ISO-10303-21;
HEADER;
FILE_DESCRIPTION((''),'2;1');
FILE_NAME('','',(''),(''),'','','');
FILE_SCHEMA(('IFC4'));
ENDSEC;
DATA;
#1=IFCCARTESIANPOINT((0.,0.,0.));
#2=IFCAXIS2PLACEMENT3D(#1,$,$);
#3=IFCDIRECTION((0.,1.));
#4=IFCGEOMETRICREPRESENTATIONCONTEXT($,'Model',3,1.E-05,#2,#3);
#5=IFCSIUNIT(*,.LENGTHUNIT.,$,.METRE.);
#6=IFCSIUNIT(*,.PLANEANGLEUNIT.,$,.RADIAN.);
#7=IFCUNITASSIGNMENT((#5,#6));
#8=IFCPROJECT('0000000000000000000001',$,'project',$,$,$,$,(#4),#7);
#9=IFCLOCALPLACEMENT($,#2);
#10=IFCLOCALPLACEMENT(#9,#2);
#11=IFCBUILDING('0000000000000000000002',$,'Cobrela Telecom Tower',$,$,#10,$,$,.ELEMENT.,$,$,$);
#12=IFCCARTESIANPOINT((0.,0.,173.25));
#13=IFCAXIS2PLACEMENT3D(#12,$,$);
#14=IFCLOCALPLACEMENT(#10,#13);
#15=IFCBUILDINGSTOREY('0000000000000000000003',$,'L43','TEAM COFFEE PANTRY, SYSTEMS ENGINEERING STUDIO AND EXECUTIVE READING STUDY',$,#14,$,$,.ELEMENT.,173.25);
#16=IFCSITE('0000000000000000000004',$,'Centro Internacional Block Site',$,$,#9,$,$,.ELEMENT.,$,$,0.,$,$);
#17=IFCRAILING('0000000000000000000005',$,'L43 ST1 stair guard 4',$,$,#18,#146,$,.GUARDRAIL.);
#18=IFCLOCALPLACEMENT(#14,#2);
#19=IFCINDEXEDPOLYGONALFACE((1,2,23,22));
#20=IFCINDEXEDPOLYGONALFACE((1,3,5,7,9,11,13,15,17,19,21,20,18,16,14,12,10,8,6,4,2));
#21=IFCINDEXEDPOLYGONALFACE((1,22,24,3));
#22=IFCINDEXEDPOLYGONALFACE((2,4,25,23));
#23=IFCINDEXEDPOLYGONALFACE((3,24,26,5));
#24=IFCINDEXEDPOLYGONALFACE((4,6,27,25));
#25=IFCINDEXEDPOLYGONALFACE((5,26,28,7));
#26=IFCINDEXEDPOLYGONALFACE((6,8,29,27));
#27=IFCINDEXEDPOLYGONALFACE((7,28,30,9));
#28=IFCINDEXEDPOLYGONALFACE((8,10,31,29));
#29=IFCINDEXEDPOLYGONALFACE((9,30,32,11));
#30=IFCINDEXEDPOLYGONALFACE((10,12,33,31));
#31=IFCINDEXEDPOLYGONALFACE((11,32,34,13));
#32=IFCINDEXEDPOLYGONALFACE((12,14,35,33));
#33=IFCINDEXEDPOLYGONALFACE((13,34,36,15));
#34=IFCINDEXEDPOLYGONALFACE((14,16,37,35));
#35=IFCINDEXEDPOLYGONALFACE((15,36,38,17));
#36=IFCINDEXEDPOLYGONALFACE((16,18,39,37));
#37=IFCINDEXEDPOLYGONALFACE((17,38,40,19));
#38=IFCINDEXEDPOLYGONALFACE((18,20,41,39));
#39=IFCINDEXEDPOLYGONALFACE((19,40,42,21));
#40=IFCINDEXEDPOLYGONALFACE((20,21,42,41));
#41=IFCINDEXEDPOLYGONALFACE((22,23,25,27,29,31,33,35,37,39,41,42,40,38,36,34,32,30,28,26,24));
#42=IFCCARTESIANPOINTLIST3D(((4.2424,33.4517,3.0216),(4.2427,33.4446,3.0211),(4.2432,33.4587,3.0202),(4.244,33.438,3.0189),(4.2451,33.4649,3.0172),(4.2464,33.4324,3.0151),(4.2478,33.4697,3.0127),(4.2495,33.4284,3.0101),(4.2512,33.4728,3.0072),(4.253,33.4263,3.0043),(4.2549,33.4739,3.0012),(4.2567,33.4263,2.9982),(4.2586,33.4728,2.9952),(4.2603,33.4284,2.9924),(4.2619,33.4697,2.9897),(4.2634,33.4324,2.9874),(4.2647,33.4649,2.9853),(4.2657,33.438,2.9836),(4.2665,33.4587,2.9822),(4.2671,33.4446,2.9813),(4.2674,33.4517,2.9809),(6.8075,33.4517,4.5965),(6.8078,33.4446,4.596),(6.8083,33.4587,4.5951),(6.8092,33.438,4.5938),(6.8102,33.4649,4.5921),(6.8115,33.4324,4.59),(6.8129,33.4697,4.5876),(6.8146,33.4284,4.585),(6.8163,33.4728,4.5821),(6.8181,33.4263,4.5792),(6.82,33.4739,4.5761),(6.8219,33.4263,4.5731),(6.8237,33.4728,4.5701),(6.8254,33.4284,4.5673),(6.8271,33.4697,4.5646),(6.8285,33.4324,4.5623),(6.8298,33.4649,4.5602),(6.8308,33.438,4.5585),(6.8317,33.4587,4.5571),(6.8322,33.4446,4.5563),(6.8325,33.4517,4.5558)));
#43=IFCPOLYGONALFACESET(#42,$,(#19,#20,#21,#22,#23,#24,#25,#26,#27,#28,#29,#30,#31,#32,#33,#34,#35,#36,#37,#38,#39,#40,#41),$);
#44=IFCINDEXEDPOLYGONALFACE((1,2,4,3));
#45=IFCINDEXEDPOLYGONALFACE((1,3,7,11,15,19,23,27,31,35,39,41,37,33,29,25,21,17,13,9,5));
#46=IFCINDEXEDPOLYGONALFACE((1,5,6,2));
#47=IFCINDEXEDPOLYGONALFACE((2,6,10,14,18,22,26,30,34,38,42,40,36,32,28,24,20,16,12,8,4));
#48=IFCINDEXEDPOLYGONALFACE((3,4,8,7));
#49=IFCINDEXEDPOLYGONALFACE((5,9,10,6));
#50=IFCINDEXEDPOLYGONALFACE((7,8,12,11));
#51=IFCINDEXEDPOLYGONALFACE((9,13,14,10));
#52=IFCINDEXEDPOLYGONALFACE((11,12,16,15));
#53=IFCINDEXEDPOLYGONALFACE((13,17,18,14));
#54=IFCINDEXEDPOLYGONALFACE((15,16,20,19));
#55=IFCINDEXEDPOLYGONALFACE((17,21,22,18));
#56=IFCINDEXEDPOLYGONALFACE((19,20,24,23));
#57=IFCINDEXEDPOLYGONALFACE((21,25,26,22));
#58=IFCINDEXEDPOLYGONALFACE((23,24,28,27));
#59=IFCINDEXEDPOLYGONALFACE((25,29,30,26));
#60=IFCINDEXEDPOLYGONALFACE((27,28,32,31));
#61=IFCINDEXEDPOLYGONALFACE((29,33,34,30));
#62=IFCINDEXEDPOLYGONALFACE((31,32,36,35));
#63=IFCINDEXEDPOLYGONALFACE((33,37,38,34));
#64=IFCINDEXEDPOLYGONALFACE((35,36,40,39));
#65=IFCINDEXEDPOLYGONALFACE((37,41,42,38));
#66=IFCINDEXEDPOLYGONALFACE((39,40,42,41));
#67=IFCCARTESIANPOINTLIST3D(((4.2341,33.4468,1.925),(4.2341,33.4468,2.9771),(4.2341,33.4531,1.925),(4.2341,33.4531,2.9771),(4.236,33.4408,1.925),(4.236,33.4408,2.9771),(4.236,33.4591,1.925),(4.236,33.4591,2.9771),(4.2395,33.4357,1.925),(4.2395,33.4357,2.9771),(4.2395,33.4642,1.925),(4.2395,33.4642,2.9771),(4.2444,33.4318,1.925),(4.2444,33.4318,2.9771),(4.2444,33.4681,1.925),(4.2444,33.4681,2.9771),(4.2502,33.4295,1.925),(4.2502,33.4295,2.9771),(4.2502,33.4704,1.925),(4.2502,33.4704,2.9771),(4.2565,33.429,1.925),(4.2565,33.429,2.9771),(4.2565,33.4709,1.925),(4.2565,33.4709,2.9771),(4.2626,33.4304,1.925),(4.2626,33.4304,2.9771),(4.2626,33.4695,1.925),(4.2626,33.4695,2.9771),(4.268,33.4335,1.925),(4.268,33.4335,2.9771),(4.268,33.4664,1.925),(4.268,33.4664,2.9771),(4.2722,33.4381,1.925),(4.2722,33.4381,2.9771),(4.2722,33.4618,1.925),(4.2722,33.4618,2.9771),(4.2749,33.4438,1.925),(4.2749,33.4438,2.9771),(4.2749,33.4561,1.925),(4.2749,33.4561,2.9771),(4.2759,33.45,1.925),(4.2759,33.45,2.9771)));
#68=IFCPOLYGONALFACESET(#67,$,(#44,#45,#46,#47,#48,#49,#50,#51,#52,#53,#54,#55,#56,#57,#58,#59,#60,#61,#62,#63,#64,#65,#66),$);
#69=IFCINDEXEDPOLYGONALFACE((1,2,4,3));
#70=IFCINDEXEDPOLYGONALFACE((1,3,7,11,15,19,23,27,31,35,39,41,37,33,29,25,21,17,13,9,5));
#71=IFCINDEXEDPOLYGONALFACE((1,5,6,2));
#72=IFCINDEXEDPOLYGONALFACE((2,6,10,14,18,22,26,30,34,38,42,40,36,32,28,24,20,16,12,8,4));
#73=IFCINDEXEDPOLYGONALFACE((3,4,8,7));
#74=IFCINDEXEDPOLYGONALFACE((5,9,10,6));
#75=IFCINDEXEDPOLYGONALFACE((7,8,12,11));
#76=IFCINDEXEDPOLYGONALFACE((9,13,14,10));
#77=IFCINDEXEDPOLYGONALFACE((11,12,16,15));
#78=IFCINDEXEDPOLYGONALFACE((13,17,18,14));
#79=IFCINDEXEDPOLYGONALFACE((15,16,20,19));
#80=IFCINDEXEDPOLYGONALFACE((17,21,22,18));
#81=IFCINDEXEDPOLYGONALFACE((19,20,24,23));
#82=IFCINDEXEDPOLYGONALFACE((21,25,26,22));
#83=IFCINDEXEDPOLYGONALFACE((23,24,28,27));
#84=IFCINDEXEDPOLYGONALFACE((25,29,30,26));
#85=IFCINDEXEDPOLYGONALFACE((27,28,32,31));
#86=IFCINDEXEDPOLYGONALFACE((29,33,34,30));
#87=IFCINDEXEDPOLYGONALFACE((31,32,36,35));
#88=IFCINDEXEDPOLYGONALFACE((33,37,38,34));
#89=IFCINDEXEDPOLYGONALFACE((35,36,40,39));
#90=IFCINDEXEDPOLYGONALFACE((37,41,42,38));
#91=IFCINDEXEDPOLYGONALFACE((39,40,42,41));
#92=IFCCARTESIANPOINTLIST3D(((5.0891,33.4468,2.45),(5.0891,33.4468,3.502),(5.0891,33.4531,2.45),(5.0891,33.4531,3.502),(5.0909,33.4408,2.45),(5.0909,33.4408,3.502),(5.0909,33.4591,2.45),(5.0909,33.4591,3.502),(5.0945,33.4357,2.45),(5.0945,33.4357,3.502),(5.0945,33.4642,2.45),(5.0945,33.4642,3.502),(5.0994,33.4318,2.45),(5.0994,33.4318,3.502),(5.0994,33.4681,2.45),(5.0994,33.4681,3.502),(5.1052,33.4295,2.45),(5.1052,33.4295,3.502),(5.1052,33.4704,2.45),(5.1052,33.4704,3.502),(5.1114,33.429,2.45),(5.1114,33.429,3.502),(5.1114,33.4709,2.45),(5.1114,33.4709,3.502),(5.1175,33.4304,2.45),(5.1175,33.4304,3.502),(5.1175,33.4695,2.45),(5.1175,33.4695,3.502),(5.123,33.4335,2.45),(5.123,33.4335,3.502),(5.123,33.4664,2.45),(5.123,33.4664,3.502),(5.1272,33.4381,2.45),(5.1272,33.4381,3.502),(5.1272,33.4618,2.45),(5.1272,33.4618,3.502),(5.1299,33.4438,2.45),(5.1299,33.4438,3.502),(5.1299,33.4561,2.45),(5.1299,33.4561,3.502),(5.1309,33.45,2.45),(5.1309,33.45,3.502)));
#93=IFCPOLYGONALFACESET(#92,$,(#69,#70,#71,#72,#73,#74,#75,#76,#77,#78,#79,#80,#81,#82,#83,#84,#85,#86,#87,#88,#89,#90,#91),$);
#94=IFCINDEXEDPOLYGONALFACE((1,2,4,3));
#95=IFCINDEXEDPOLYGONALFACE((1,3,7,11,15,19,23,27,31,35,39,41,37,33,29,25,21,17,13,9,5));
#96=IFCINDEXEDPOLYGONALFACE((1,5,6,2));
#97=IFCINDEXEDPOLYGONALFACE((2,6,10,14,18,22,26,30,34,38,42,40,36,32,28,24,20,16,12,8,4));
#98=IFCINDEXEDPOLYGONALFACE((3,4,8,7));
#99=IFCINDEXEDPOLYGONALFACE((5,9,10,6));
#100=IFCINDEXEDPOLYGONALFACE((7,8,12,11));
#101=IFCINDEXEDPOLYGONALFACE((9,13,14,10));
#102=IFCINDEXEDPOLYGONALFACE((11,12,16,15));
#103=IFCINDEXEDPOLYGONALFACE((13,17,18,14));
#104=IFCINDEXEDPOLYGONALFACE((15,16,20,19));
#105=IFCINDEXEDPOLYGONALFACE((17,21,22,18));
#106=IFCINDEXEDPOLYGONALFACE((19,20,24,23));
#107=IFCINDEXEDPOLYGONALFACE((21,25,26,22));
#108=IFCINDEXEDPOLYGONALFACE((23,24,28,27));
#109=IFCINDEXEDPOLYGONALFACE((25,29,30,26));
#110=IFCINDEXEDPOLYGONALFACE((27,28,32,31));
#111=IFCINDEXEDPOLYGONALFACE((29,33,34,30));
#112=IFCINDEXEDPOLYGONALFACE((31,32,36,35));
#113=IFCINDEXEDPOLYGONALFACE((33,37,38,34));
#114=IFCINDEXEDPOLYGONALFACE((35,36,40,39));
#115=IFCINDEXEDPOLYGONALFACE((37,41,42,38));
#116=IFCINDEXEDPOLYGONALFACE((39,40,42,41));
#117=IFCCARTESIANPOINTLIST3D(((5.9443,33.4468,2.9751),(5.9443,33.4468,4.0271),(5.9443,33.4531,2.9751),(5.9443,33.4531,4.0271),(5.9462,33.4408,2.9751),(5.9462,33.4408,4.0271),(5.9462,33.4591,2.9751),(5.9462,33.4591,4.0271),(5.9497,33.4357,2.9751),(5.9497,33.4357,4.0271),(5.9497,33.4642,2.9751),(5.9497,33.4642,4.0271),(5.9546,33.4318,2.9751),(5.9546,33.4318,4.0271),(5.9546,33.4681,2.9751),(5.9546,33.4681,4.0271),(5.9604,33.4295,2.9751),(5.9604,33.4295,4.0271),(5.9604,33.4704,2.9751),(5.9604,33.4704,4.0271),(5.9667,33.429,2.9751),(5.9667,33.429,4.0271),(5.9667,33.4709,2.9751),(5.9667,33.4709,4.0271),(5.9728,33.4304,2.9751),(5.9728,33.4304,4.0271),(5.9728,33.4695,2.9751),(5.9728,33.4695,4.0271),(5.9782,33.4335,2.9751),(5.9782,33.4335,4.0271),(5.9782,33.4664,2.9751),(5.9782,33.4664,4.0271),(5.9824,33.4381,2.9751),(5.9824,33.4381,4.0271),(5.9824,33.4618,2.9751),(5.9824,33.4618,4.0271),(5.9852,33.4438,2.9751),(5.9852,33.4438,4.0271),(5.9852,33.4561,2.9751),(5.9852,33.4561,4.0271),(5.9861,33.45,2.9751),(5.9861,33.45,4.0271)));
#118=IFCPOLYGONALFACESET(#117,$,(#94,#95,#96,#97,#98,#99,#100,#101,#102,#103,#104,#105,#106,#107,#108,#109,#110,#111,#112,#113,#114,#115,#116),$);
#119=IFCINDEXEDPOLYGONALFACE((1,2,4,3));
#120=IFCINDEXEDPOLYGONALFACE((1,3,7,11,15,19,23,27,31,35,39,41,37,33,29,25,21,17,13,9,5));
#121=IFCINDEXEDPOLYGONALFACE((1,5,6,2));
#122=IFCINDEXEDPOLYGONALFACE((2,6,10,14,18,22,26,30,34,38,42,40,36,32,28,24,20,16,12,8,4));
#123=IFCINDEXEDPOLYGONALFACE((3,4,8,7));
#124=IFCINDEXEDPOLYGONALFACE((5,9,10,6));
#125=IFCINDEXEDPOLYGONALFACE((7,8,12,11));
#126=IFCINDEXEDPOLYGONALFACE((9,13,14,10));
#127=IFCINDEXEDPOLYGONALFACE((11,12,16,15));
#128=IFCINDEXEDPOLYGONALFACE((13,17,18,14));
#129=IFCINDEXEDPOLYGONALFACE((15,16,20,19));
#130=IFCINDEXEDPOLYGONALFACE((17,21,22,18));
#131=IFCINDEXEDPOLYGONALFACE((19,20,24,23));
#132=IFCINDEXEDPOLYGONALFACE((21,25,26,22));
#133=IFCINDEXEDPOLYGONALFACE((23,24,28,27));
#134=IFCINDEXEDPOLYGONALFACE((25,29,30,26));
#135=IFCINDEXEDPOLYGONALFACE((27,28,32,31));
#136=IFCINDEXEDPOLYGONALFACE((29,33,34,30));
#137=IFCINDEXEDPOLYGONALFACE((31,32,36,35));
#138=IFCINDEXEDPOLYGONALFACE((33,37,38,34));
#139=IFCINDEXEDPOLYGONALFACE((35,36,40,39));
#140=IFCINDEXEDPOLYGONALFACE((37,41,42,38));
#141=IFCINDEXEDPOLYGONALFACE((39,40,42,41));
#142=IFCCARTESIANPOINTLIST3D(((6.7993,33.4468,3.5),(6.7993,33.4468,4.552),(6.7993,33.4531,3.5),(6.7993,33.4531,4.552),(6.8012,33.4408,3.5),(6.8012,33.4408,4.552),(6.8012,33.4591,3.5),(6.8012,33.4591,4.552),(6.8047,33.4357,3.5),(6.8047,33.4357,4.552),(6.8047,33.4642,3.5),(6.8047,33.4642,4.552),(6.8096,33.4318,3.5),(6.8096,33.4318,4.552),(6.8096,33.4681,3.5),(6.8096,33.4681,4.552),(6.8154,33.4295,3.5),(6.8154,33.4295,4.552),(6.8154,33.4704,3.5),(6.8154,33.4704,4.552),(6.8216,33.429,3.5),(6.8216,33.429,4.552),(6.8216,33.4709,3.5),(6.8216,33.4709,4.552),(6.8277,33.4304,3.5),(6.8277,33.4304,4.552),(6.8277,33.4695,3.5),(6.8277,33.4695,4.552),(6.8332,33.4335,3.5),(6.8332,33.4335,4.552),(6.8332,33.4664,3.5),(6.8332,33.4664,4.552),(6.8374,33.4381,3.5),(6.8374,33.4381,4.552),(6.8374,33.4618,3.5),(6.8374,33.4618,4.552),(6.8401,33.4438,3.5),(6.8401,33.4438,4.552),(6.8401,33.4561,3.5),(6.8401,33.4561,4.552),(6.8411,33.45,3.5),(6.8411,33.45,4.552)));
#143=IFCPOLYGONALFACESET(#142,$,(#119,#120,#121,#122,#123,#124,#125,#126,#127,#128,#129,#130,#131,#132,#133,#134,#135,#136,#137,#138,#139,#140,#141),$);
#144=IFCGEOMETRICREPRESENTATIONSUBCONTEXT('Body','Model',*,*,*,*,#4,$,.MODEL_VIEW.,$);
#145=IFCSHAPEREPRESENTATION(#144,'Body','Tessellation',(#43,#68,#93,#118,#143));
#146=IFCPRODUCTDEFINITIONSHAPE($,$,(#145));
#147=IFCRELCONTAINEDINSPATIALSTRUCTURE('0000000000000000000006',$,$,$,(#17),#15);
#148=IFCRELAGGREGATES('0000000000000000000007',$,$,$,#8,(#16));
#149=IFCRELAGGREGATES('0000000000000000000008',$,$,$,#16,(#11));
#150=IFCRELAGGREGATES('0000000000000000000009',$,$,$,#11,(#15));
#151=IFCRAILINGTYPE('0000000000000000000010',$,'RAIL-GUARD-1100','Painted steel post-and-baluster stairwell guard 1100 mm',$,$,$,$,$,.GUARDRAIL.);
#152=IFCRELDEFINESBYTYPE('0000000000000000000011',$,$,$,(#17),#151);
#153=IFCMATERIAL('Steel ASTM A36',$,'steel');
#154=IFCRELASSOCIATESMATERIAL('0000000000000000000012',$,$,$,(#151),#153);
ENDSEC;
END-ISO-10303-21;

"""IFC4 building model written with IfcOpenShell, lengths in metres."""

from ifc_helpers import new_model, si_unit, direction, frame, origin, origin_2d, place, context, subcontext, project, spatial, circle, extrude, material, type_object, element, save


model = new_model("IFC4")

# Units and contexts
model_context = context("Model", 3, precision=1e-05, world=origin(), true_north=direction((0.0, 1.0)))
body_context = subcontext(model_context, "Body", "Model", "MODEL_VIEW")
ifc_project = project(units=[si_unit("LENGTHUNIT", "METRE"), si_unit("PLANEANGLEUNIT", "RADIAN")], contexts=[model_context])

# Site, building, storey
site_placement = place(None, origin())
site = spatial("IfcSite", under=ifc_project, at=site_placement, Name="Centro Internacional Block Site", CompositionType="ELEMENT", RefElevation=0.0)
building_placement = place(site_placement, origin())
building = spatial("IfcBuilding", under=site, at=building_placement, Name="Cobrela Telecom Tower", CompositionType="ELEMENT")
storey_placement = place(building_placement, frame((0.0, 0.0, 173.25)))
storey = spatial("IfcBuildingStorey", under=building, at=storey_placement, Name="L43", Description="TEAM COFFEE PANTRY, SYSTEMS ENGINEERING STUDIO AND EXECUTIVE READING STUDY", CompositionType="ELEMENT", Elevation=173.25)

# Shared definitions
ifc_material_1 = material(Name="Steel ASTM A36", Category="steel")

# Railing
railing_type_1 = type_object("IfcRailingType", Name="RAIL-GUARD-1100", Description="Painted steel post-and-baluster stairwell guard 1100 mm", PredefinedType="GUARDRAIL", material=ifc_material_1)
railing_1_placement = place(storey_placement, frame((4.2549, 33.45, 1.925)))
element("IfcRailing", 1, at=railing_1_placement, inside=storey, type_object=railing_type_1, Name="L43 ST1 stair guard 4", PredefinedType="GUARDRAIL", context=body_context, shape_type="SweptSolid", body=[
    extrude(circle(Radius=0.0239, at=origin_2d()), frame((0.0, 0.0, 1.0762), z_axis=(0.852195, 0.0, 0.523224), x_axis=(0.0, 1.0, 0.0)), (0.0, 0.0, 1.0), 3.01),
    extrude(circle(Radius=0.021, at=origin_2d()), origin(), (0.0, 0.0, 1.0), 1.052),
    extrude(circle(Radius=0.021, at=origin_2d()), frame((0.855, 0.0, 0.5249)), (0.0, 0.0, 1.0), 1.052),
    extrude(circle(Radius=0.021, at=origin_2d()), frame((1.7102, 0.0, 1.05)), (0.0, 0.0, 1.0), 1.052),
    extrude(circle(Radius=0.021, at=origin_2d()), frame((2.5652, 0.0, 1.575)), (0.0, 0.0, 1.0), 1.052),
])

save(model, "model.ifc")
